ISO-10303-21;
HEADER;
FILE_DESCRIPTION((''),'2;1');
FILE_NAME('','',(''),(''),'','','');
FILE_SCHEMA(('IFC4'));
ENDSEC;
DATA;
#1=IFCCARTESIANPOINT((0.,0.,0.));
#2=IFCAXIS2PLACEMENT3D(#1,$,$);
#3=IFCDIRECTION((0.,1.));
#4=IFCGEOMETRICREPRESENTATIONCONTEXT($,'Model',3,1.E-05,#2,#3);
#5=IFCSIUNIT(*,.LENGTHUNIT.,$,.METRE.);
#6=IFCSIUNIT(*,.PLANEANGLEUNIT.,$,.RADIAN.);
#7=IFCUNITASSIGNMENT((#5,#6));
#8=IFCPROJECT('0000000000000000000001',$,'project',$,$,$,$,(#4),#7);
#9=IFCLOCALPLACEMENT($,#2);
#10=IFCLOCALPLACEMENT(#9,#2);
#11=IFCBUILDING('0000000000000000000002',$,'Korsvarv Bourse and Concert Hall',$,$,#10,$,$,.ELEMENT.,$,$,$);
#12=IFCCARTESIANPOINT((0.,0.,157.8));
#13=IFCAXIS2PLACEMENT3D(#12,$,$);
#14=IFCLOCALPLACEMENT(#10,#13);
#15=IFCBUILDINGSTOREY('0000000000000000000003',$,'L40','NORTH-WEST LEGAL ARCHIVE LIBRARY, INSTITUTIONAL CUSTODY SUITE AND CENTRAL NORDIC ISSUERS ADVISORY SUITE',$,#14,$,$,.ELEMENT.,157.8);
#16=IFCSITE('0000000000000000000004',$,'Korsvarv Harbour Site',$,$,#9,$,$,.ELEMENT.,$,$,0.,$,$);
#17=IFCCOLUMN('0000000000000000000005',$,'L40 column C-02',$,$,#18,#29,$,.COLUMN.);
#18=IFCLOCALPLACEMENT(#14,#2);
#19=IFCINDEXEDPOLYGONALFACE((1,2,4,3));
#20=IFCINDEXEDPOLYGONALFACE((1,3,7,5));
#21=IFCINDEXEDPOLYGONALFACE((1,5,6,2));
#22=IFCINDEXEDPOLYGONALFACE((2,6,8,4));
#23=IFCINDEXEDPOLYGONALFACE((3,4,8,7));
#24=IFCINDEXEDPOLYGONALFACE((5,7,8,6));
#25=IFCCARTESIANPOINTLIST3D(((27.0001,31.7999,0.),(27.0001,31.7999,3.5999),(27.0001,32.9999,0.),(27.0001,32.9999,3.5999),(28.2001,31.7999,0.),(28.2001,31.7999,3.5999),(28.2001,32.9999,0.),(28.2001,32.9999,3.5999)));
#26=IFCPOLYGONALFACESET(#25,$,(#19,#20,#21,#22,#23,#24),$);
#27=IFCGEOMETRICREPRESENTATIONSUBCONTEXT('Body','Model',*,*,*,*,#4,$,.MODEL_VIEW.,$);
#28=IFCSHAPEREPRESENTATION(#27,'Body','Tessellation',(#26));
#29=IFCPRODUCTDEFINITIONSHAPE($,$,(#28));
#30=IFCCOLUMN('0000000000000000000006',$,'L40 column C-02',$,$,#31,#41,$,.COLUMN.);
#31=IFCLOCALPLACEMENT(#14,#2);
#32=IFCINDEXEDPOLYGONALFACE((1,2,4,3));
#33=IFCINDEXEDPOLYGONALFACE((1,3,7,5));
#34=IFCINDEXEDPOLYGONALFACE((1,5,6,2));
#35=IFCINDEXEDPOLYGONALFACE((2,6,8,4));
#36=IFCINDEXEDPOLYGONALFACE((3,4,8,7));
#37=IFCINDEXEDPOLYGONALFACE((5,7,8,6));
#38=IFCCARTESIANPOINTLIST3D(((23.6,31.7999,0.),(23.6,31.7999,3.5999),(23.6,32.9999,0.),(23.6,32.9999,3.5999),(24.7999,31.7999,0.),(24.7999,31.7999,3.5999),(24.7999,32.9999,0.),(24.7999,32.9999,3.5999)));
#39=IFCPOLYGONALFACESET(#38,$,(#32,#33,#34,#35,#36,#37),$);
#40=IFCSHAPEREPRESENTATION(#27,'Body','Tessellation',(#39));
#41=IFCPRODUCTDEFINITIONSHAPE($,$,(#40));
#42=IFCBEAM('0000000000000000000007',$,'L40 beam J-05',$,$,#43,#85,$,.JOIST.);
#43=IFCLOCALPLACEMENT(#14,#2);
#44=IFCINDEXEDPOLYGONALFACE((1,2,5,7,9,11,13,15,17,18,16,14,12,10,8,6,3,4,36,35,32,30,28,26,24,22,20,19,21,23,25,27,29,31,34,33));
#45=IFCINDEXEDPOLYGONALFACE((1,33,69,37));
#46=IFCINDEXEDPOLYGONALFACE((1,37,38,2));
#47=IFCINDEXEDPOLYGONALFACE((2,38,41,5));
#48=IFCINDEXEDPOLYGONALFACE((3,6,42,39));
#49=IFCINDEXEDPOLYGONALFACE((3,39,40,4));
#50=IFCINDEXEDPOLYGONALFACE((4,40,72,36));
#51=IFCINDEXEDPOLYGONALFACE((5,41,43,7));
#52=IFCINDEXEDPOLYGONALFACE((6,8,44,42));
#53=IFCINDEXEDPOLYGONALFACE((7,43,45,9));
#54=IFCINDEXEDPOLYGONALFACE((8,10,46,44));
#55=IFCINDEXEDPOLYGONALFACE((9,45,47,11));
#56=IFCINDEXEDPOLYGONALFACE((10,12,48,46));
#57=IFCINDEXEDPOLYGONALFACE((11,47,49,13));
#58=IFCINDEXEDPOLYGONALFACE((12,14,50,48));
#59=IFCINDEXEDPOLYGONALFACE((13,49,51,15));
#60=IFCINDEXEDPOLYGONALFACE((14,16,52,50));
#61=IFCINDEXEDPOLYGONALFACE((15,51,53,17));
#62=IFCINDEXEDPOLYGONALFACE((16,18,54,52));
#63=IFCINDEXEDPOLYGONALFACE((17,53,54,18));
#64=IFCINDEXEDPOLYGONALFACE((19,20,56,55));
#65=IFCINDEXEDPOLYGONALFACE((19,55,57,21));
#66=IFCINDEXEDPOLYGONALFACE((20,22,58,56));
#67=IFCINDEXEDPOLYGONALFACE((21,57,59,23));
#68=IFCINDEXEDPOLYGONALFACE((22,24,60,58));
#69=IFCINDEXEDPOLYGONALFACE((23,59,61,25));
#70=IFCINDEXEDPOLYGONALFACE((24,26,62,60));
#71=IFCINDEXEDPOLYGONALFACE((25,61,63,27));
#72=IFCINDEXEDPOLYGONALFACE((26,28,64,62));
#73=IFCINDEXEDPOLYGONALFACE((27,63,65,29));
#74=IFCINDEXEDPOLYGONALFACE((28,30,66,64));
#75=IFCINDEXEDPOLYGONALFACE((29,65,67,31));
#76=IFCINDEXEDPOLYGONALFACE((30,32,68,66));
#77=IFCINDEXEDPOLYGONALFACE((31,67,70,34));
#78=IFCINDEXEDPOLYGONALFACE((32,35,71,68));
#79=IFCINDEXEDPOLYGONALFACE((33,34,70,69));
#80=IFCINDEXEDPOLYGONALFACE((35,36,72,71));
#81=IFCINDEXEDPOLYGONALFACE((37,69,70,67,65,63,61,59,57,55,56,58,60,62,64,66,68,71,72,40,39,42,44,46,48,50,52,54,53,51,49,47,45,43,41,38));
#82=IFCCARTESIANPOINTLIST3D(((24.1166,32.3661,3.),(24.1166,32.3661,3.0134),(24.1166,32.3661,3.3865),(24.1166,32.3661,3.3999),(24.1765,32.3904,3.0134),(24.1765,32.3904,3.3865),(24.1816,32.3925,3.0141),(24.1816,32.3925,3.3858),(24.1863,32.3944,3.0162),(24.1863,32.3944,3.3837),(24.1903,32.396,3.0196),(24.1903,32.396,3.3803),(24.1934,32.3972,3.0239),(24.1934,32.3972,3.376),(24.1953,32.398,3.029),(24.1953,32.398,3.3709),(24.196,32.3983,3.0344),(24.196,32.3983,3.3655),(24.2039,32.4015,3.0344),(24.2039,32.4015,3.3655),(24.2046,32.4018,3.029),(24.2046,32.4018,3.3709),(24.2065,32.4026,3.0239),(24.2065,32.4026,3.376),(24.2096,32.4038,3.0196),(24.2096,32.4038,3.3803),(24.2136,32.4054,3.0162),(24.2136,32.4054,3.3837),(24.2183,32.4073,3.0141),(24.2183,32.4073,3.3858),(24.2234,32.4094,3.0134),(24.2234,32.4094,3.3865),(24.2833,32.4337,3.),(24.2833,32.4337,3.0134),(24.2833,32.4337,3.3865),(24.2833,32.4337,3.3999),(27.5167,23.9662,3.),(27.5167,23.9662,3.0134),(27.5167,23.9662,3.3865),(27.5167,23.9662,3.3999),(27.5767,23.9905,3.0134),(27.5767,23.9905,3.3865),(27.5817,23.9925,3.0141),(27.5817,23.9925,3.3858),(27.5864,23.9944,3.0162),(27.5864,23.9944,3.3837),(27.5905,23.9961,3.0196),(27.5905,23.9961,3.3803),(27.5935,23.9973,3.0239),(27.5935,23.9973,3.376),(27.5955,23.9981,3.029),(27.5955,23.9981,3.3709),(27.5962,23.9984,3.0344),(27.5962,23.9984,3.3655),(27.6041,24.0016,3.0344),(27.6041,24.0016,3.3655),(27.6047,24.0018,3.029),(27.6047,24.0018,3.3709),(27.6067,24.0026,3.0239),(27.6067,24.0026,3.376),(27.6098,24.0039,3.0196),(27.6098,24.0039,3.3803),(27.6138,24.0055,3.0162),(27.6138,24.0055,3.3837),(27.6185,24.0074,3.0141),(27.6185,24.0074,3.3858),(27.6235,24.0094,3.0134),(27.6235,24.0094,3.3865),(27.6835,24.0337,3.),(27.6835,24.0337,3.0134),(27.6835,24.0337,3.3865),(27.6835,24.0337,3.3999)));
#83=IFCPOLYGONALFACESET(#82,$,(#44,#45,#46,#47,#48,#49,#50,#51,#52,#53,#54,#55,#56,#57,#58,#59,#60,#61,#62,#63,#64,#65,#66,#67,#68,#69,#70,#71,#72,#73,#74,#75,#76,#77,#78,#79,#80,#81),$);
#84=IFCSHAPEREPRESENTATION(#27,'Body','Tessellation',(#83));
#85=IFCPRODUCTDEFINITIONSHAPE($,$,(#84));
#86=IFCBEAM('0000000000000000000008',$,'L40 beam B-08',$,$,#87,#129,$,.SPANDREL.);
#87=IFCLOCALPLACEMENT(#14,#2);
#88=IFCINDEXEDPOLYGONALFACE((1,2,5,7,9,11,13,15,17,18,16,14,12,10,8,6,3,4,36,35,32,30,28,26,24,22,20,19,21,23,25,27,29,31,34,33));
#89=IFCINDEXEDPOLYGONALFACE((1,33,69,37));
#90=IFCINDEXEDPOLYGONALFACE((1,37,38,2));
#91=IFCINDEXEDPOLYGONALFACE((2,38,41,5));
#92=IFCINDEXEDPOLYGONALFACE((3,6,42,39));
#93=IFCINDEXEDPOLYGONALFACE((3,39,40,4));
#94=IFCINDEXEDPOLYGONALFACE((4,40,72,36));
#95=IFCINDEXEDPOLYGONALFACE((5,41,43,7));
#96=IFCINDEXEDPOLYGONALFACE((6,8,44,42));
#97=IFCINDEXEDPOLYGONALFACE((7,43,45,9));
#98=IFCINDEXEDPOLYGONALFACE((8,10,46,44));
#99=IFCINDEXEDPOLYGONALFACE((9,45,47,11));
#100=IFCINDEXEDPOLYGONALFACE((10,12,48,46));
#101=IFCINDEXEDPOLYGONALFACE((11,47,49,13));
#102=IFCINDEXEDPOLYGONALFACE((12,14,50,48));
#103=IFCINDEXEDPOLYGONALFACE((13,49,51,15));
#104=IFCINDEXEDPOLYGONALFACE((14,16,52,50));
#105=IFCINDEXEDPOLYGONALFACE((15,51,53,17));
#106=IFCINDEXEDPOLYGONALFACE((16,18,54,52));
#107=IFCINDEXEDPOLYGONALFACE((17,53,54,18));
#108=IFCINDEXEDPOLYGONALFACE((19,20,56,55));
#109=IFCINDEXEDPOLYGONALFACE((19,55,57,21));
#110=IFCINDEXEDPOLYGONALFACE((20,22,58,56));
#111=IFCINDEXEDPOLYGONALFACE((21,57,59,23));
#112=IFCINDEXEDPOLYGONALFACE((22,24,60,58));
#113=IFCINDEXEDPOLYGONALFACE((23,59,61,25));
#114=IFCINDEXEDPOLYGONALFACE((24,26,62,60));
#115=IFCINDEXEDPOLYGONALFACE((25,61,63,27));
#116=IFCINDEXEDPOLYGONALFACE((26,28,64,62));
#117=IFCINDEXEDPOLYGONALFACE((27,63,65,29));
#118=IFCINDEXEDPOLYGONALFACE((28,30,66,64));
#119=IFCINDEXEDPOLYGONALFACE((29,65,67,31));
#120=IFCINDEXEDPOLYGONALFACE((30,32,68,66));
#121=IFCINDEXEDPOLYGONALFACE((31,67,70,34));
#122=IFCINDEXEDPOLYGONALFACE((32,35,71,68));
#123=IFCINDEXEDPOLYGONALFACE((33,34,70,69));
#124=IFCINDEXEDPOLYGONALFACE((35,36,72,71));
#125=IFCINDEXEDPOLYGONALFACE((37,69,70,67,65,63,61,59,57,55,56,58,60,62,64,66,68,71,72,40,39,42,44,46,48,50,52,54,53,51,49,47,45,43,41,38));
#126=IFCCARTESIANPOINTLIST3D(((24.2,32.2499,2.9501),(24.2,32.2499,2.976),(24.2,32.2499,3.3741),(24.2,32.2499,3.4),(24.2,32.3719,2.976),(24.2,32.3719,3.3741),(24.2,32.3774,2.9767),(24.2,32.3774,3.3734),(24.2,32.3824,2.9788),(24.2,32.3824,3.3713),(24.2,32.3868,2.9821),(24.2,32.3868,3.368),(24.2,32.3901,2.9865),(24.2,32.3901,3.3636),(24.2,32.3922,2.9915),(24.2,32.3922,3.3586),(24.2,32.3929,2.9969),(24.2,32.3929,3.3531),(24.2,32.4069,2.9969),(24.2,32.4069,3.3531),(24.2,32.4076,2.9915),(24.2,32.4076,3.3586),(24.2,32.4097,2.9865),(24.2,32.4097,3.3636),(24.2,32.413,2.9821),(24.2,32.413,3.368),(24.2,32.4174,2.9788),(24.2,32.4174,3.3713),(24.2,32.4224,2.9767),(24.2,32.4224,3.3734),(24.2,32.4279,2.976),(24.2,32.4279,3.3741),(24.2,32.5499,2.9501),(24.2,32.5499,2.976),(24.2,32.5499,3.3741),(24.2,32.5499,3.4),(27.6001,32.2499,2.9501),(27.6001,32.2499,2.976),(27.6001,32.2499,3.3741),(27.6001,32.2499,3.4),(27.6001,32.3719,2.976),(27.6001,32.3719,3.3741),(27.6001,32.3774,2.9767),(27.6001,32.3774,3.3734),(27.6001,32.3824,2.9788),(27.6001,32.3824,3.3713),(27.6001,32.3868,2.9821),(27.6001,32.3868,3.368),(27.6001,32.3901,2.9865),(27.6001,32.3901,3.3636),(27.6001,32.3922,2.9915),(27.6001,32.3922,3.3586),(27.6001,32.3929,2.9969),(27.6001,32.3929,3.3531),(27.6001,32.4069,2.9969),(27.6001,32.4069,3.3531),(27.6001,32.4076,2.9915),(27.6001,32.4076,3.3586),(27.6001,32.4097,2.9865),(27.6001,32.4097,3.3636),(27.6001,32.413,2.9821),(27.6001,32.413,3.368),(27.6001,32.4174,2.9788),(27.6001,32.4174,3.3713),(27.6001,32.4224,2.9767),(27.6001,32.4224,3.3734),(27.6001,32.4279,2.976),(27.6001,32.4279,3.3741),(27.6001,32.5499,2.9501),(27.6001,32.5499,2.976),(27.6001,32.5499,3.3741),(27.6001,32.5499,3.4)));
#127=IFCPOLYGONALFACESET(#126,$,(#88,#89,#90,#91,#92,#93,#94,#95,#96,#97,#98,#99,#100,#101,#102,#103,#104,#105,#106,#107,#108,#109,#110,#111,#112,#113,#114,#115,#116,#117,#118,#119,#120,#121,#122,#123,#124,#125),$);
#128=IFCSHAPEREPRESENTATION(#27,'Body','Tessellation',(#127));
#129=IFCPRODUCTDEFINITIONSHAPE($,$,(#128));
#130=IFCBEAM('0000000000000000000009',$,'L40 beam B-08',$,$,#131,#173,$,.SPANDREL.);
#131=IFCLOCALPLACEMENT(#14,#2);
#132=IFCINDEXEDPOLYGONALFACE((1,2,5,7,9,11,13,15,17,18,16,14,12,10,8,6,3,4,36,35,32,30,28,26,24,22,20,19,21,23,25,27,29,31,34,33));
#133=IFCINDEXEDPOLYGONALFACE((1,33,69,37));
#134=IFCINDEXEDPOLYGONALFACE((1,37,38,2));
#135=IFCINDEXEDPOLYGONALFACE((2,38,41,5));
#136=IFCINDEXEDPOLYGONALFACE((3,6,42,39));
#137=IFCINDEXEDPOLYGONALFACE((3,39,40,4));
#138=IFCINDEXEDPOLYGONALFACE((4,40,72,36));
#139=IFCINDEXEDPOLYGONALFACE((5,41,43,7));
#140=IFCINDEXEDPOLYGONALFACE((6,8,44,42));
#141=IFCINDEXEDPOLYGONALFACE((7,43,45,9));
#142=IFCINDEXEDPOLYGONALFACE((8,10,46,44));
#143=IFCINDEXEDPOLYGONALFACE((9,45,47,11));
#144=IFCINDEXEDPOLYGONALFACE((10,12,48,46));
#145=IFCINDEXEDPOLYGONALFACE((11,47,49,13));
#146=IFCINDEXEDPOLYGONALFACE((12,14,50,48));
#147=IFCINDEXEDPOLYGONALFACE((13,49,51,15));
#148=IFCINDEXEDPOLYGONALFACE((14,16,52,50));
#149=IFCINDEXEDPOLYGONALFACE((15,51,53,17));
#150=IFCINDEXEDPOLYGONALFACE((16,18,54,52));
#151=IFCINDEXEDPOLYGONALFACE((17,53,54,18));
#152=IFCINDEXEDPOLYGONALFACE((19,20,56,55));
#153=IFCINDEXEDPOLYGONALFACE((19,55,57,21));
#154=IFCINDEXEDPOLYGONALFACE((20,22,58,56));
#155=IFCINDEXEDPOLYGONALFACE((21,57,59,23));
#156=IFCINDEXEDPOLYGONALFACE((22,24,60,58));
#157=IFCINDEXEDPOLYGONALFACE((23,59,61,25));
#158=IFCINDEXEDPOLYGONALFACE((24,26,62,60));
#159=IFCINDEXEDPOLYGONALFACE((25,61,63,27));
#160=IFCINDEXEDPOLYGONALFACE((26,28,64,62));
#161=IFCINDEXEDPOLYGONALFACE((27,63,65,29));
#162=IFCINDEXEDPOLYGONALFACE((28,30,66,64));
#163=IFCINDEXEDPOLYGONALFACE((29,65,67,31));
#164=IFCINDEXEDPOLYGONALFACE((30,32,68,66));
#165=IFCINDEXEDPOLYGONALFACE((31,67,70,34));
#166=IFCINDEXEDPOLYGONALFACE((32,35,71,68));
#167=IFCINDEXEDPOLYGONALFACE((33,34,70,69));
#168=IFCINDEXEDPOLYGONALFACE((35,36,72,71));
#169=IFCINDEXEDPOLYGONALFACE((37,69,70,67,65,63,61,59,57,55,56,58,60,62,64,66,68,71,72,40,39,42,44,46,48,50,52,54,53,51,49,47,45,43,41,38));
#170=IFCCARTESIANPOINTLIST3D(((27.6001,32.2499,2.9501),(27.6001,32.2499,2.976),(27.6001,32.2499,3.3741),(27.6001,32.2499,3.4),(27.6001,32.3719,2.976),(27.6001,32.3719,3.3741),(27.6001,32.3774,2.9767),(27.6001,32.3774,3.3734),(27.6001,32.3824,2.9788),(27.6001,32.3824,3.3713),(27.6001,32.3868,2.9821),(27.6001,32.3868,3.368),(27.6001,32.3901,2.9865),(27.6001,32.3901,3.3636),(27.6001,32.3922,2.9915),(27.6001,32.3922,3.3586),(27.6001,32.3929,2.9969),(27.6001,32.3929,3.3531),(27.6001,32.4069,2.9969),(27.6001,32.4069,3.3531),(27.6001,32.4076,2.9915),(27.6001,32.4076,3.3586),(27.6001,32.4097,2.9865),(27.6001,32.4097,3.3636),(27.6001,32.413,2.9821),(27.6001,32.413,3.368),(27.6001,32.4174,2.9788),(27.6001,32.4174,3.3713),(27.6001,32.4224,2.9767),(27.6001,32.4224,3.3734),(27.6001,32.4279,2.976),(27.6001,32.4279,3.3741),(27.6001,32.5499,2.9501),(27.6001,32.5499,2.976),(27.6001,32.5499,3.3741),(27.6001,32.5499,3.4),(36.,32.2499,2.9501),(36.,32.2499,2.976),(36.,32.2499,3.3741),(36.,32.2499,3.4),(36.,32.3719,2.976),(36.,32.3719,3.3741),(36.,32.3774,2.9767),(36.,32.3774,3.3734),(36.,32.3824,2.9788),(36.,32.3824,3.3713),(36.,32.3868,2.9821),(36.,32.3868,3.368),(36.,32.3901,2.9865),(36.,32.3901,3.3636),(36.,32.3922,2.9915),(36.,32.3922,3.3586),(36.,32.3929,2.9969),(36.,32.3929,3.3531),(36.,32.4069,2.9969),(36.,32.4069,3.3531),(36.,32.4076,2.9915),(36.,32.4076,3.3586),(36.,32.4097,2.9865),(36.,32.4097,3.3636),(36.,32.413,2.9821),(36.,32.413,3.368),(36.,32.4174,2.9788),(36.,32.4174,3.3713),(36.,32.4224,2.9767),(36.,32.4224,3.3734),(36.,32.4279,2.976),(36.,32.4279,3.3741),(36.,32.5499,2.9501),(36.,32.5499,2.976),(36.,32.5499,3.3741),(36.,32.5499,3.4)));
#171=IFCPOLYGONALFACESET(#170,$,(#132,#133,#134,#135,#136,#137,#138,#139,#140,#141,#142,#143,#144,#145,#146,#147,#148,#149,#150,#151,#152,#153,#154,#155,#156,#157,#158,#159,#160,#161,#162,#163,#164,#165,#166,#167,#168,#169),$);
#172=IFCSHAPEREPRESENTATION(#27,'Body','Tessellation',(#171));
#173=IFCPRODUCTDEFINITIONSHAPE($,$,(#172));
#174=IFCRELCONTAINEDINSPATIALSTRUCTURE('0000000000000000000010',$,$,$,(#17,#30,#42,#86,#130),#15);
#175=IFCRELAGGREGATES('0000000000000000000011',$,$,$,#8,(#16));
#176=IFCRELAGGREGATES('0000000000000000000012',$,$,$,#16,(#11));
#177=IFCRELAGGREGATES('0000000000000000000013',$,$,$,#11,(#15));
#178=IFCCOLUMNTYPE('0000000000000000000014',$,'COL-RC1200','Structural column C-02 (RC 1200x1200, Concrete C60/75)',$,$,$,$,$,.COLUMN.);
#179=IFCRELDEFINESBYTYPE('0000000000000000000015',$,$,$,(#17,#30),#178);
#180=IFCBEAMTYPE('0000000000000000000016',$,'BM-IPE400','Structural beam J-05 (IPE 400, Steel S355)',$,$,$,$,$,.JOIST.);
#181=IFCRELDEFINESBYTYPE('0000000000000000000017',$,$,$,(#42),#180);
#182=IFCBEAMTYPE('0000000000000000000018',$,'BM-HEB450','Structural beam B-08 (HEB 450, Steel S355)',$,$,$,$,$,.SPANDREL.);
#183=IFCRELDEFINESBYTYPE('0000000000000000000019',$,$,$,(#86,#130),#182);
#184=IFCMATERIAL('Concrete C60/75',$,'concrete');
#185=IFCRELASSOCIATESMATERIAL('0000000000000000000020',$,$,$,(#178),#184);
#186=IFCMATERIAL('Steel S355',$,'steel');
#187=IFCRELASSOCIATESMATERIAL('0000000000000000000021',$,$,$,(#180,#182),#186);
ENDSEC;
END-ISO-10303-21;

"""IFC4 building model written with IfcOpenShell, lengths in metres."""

from ifc_helpers import new_model, si_unit, direction, frame, origin, origin_2d, place, context, subcontext, project, spatial, rectangle, i_section, extrude, source, transform, mapped, material, material_profile, profile_set, type_object, element, save


model = new_model("IFC4")

# Units and contexts
model_context = context("Model", 3, precision=1e-05, world=origin(), true_north=direction((0.0, 1.0)))
body_context = subcontext(model_context, "Body", "Model", "MODEL_VIEW")
ifc_project = project(units=[si_unit("LENGTHUNIT", "METRE"), si_unit("PLANEANGLEUNIT", "RADIAN")], contexts=[model_context])

# Site, building, storey
site_placement = place(None, origin())
site = spatial("IfcSite", under=ifc_project, at=site_placement, Name="Korsvarv Harbour Site", CompositionType="ELEMENT", RefElevation=0.0)
building_placement = place(site_placement, origin())
building = spatial("IfcBuilding", under=site, at=building_placement, Name="Korsvarv Bourse and Concert Hall", CompositionType="ELEMENT")
storey_placement = place(building_placement, frame((0.0, 0.0, 157.8)))
storey = spatial("IfcBuildingStorey", under=building, at=storey_placement, Name="L40", Description="NORTH-WEST LEGAL ARCHIVE LIBRARY, INSTITUTIONAL CUSTODY SUITE AND CENTRAL NORDIC ISSUERS ADVISORY SUITE", CompositionType="ELEMENT", Elevation=157.8)

# Columns
ifc_material_1 = material(Name="Concrete C60/75", Category="concrete")
ifc_material_profile_1 = material_profile(ifc_material_1, rectangle(XDim=1.2, YDim=1.2, at=origin_2d()), Name="RC 1200x1200")
ifc_profile_set_1 = profile_set([ifc_material_profile_1], Name="Concrete C60/75")
column_type = type_object("IfcColumnType", Name="COL-RC1200", Description="Structural column C-02 (RC 1200x1200, Concrete C60/75)", PredefinedType="COLUMN", material=ifc_profile_set_1)
shared_shape_1 = source(origin(), body_context, "Body", "SweptSolid", [
    extrude(rectangle(XDim=1.2, YDim=1.2, at=origin_2d()), origin(), (0.0, 0.0, 1.0), 3.5999),
])
for number, where, z_axis, x_axis, name in (
    (1, (27.6001, 32.3999, 0.0), (0.0, 0.0, 1.0), (1.0, 0.0, 0.0), "L40 column C-02"),
    (2, (24.2, 32.3999, 0.0), (0.0, 0.0, 1.0), (1.0, 0.0, 0.0), "L40 column C-02"),
):
    element("IfcColumn", number, at=place(storey_placement, frame(where, z_axis=z_axis, x_axis=x_axis)), inside=storey, type_object=column_type, Name=name, PredefinedType="COLUMN", context=body_context, shape_type="MappedRepresentation", body=[
        mapped(shared_shape_1, transform((0.0, 0.0, 0.0), scale=1.0)),
    ])

# Beams
ifc_material_2 = material(Name="Steel S355", Category="steel")
ifc_material_profile_2 = material_profile(ifc_material_2, i_section(OverallWidth=0.1799, OverallDepth=0.3999, WebThickness=0.0085, FlangeThickness=0.0134, FilletRadius=0.021, at=origin_2d()), Name="IPE 400")
ifc_profile_set_2 = profile_set([ifc_material_profile_2], Name="Steel S355")
beam_type_1 = type_object("IfcBeamType", Name="BM-IPE400", Description="Structural beam J-05 (IPE 400, Steel S355)", PredefinedType="JOIST", material=ifc_profile_set_2)
shared_shape_2 = source(origin(), body_context, "Body", "SweptSolid", [
    extrude(i_section(OverallWidth=0.1799, OverallDepth=0.3999, WebThickness=0.0085, FlangeThickness=0.0134, FilletRadius=0.021, at=origin_2d()), origin(), (0.0, 0.0, 1.0), 9.062),
])
beam_1_placement = place(storey_placement, frame((24.2, 32.3999, 3.2), z_axis=(0.37521, -0.92694, 0.0), x_axis=(0.92694, 0.37521, 0.0)))
element("IfcBeam", 3, at=beam_1_placement, inside=storey, type_object=beam_type_1, Name="L40 beam J-05", PredefinedType="JOIST", context=body_context, shape_type="MappedRepresentation", body=[
    mapped(shared_shape_2, transform((0.0, 0.0, 0.0), scale=1.0)),
])
ifc_material_profile_3 = material_profile(ifc_material_2, i_section(OverallWidth=0.3, OverallDepth=0.45, WebThickness=0.0139, FlangeThickness=0.0259, FilletRadius=0.021, at=origin_2d()), Name="HEB 450")
ifc_profile_set_3 = profile_set([ifc_material_profile_3], Name="Steel S355")
beam_type_2 = type_object("IfcBeamType", Name="BM-HEB450", Description="Structural beam B-08 (HEB 450, Steel S355)", PredefinedType="SPANDREL", material=ifc_profile_set_3)
shared_shape_3 = source(origin(), body_context, "Body", "SweptSolid", [
    extrude(i_section(OverallWidth=0.3, OverallDepth=0.45, WebThickness=0.0139, FlangeThickness=0.0259, FilletRadius=0.021, at=origin_2d()), origin(), (0.0, 0.0, 1.0), 3.4001),
])
beam_2_placement = place(storey_placement, frame((24.2, 32.3999, 3.175), z_axis=(1.0, 0.0, 0.0), x_axis=(0.0, 1.0, 0.0)))
element("IfcBeam", 4, at=beam_2_placement, inside=storey, type_object=beam_type_2, Name="L40 beam B-08", PredefinedType="SPANDREL", context=body_context, shape_type="MappedRepresentation", body=[
    mapped(shared_shape_3, transform((0.0, 0.0, 0.0), scale=1.0)),
])
shared_shape_4 = source(origin(), body_context, "Body", "SweptSolid", [
    extrude(i_section(OverallWidth=0.3, OverallDepth=0.45, WebThickness=0.0139, FlangeThickness=0.0259, FilletRadius=0.021, at=origin_2d()), origin(), (0.0, 0.0, 1.0), 8.3999),
])
for number, where, z_axis, x_axis, name in (
    (5, (27.6001, 32.3999, 3.175), (1.0, 0.0, 0.0), (0.0, 1.0, 0.0), "L40 beam B-08"),
):
    element("IfcBeam", number, at=place(storey_placement, frame(where, z_axis=z_axis, x_axis=x_axis)), inside=storey, type_object=beam_type_2, Name=name, PredefinedType="SPANDREL", context=body_context, shape_type="MappedRepresentation", body=[
        mapped(shared_shape_4, transform((0.0, 0.0, 0.0), scale=1.0)),
    ])

save(model, "model.ifc")
